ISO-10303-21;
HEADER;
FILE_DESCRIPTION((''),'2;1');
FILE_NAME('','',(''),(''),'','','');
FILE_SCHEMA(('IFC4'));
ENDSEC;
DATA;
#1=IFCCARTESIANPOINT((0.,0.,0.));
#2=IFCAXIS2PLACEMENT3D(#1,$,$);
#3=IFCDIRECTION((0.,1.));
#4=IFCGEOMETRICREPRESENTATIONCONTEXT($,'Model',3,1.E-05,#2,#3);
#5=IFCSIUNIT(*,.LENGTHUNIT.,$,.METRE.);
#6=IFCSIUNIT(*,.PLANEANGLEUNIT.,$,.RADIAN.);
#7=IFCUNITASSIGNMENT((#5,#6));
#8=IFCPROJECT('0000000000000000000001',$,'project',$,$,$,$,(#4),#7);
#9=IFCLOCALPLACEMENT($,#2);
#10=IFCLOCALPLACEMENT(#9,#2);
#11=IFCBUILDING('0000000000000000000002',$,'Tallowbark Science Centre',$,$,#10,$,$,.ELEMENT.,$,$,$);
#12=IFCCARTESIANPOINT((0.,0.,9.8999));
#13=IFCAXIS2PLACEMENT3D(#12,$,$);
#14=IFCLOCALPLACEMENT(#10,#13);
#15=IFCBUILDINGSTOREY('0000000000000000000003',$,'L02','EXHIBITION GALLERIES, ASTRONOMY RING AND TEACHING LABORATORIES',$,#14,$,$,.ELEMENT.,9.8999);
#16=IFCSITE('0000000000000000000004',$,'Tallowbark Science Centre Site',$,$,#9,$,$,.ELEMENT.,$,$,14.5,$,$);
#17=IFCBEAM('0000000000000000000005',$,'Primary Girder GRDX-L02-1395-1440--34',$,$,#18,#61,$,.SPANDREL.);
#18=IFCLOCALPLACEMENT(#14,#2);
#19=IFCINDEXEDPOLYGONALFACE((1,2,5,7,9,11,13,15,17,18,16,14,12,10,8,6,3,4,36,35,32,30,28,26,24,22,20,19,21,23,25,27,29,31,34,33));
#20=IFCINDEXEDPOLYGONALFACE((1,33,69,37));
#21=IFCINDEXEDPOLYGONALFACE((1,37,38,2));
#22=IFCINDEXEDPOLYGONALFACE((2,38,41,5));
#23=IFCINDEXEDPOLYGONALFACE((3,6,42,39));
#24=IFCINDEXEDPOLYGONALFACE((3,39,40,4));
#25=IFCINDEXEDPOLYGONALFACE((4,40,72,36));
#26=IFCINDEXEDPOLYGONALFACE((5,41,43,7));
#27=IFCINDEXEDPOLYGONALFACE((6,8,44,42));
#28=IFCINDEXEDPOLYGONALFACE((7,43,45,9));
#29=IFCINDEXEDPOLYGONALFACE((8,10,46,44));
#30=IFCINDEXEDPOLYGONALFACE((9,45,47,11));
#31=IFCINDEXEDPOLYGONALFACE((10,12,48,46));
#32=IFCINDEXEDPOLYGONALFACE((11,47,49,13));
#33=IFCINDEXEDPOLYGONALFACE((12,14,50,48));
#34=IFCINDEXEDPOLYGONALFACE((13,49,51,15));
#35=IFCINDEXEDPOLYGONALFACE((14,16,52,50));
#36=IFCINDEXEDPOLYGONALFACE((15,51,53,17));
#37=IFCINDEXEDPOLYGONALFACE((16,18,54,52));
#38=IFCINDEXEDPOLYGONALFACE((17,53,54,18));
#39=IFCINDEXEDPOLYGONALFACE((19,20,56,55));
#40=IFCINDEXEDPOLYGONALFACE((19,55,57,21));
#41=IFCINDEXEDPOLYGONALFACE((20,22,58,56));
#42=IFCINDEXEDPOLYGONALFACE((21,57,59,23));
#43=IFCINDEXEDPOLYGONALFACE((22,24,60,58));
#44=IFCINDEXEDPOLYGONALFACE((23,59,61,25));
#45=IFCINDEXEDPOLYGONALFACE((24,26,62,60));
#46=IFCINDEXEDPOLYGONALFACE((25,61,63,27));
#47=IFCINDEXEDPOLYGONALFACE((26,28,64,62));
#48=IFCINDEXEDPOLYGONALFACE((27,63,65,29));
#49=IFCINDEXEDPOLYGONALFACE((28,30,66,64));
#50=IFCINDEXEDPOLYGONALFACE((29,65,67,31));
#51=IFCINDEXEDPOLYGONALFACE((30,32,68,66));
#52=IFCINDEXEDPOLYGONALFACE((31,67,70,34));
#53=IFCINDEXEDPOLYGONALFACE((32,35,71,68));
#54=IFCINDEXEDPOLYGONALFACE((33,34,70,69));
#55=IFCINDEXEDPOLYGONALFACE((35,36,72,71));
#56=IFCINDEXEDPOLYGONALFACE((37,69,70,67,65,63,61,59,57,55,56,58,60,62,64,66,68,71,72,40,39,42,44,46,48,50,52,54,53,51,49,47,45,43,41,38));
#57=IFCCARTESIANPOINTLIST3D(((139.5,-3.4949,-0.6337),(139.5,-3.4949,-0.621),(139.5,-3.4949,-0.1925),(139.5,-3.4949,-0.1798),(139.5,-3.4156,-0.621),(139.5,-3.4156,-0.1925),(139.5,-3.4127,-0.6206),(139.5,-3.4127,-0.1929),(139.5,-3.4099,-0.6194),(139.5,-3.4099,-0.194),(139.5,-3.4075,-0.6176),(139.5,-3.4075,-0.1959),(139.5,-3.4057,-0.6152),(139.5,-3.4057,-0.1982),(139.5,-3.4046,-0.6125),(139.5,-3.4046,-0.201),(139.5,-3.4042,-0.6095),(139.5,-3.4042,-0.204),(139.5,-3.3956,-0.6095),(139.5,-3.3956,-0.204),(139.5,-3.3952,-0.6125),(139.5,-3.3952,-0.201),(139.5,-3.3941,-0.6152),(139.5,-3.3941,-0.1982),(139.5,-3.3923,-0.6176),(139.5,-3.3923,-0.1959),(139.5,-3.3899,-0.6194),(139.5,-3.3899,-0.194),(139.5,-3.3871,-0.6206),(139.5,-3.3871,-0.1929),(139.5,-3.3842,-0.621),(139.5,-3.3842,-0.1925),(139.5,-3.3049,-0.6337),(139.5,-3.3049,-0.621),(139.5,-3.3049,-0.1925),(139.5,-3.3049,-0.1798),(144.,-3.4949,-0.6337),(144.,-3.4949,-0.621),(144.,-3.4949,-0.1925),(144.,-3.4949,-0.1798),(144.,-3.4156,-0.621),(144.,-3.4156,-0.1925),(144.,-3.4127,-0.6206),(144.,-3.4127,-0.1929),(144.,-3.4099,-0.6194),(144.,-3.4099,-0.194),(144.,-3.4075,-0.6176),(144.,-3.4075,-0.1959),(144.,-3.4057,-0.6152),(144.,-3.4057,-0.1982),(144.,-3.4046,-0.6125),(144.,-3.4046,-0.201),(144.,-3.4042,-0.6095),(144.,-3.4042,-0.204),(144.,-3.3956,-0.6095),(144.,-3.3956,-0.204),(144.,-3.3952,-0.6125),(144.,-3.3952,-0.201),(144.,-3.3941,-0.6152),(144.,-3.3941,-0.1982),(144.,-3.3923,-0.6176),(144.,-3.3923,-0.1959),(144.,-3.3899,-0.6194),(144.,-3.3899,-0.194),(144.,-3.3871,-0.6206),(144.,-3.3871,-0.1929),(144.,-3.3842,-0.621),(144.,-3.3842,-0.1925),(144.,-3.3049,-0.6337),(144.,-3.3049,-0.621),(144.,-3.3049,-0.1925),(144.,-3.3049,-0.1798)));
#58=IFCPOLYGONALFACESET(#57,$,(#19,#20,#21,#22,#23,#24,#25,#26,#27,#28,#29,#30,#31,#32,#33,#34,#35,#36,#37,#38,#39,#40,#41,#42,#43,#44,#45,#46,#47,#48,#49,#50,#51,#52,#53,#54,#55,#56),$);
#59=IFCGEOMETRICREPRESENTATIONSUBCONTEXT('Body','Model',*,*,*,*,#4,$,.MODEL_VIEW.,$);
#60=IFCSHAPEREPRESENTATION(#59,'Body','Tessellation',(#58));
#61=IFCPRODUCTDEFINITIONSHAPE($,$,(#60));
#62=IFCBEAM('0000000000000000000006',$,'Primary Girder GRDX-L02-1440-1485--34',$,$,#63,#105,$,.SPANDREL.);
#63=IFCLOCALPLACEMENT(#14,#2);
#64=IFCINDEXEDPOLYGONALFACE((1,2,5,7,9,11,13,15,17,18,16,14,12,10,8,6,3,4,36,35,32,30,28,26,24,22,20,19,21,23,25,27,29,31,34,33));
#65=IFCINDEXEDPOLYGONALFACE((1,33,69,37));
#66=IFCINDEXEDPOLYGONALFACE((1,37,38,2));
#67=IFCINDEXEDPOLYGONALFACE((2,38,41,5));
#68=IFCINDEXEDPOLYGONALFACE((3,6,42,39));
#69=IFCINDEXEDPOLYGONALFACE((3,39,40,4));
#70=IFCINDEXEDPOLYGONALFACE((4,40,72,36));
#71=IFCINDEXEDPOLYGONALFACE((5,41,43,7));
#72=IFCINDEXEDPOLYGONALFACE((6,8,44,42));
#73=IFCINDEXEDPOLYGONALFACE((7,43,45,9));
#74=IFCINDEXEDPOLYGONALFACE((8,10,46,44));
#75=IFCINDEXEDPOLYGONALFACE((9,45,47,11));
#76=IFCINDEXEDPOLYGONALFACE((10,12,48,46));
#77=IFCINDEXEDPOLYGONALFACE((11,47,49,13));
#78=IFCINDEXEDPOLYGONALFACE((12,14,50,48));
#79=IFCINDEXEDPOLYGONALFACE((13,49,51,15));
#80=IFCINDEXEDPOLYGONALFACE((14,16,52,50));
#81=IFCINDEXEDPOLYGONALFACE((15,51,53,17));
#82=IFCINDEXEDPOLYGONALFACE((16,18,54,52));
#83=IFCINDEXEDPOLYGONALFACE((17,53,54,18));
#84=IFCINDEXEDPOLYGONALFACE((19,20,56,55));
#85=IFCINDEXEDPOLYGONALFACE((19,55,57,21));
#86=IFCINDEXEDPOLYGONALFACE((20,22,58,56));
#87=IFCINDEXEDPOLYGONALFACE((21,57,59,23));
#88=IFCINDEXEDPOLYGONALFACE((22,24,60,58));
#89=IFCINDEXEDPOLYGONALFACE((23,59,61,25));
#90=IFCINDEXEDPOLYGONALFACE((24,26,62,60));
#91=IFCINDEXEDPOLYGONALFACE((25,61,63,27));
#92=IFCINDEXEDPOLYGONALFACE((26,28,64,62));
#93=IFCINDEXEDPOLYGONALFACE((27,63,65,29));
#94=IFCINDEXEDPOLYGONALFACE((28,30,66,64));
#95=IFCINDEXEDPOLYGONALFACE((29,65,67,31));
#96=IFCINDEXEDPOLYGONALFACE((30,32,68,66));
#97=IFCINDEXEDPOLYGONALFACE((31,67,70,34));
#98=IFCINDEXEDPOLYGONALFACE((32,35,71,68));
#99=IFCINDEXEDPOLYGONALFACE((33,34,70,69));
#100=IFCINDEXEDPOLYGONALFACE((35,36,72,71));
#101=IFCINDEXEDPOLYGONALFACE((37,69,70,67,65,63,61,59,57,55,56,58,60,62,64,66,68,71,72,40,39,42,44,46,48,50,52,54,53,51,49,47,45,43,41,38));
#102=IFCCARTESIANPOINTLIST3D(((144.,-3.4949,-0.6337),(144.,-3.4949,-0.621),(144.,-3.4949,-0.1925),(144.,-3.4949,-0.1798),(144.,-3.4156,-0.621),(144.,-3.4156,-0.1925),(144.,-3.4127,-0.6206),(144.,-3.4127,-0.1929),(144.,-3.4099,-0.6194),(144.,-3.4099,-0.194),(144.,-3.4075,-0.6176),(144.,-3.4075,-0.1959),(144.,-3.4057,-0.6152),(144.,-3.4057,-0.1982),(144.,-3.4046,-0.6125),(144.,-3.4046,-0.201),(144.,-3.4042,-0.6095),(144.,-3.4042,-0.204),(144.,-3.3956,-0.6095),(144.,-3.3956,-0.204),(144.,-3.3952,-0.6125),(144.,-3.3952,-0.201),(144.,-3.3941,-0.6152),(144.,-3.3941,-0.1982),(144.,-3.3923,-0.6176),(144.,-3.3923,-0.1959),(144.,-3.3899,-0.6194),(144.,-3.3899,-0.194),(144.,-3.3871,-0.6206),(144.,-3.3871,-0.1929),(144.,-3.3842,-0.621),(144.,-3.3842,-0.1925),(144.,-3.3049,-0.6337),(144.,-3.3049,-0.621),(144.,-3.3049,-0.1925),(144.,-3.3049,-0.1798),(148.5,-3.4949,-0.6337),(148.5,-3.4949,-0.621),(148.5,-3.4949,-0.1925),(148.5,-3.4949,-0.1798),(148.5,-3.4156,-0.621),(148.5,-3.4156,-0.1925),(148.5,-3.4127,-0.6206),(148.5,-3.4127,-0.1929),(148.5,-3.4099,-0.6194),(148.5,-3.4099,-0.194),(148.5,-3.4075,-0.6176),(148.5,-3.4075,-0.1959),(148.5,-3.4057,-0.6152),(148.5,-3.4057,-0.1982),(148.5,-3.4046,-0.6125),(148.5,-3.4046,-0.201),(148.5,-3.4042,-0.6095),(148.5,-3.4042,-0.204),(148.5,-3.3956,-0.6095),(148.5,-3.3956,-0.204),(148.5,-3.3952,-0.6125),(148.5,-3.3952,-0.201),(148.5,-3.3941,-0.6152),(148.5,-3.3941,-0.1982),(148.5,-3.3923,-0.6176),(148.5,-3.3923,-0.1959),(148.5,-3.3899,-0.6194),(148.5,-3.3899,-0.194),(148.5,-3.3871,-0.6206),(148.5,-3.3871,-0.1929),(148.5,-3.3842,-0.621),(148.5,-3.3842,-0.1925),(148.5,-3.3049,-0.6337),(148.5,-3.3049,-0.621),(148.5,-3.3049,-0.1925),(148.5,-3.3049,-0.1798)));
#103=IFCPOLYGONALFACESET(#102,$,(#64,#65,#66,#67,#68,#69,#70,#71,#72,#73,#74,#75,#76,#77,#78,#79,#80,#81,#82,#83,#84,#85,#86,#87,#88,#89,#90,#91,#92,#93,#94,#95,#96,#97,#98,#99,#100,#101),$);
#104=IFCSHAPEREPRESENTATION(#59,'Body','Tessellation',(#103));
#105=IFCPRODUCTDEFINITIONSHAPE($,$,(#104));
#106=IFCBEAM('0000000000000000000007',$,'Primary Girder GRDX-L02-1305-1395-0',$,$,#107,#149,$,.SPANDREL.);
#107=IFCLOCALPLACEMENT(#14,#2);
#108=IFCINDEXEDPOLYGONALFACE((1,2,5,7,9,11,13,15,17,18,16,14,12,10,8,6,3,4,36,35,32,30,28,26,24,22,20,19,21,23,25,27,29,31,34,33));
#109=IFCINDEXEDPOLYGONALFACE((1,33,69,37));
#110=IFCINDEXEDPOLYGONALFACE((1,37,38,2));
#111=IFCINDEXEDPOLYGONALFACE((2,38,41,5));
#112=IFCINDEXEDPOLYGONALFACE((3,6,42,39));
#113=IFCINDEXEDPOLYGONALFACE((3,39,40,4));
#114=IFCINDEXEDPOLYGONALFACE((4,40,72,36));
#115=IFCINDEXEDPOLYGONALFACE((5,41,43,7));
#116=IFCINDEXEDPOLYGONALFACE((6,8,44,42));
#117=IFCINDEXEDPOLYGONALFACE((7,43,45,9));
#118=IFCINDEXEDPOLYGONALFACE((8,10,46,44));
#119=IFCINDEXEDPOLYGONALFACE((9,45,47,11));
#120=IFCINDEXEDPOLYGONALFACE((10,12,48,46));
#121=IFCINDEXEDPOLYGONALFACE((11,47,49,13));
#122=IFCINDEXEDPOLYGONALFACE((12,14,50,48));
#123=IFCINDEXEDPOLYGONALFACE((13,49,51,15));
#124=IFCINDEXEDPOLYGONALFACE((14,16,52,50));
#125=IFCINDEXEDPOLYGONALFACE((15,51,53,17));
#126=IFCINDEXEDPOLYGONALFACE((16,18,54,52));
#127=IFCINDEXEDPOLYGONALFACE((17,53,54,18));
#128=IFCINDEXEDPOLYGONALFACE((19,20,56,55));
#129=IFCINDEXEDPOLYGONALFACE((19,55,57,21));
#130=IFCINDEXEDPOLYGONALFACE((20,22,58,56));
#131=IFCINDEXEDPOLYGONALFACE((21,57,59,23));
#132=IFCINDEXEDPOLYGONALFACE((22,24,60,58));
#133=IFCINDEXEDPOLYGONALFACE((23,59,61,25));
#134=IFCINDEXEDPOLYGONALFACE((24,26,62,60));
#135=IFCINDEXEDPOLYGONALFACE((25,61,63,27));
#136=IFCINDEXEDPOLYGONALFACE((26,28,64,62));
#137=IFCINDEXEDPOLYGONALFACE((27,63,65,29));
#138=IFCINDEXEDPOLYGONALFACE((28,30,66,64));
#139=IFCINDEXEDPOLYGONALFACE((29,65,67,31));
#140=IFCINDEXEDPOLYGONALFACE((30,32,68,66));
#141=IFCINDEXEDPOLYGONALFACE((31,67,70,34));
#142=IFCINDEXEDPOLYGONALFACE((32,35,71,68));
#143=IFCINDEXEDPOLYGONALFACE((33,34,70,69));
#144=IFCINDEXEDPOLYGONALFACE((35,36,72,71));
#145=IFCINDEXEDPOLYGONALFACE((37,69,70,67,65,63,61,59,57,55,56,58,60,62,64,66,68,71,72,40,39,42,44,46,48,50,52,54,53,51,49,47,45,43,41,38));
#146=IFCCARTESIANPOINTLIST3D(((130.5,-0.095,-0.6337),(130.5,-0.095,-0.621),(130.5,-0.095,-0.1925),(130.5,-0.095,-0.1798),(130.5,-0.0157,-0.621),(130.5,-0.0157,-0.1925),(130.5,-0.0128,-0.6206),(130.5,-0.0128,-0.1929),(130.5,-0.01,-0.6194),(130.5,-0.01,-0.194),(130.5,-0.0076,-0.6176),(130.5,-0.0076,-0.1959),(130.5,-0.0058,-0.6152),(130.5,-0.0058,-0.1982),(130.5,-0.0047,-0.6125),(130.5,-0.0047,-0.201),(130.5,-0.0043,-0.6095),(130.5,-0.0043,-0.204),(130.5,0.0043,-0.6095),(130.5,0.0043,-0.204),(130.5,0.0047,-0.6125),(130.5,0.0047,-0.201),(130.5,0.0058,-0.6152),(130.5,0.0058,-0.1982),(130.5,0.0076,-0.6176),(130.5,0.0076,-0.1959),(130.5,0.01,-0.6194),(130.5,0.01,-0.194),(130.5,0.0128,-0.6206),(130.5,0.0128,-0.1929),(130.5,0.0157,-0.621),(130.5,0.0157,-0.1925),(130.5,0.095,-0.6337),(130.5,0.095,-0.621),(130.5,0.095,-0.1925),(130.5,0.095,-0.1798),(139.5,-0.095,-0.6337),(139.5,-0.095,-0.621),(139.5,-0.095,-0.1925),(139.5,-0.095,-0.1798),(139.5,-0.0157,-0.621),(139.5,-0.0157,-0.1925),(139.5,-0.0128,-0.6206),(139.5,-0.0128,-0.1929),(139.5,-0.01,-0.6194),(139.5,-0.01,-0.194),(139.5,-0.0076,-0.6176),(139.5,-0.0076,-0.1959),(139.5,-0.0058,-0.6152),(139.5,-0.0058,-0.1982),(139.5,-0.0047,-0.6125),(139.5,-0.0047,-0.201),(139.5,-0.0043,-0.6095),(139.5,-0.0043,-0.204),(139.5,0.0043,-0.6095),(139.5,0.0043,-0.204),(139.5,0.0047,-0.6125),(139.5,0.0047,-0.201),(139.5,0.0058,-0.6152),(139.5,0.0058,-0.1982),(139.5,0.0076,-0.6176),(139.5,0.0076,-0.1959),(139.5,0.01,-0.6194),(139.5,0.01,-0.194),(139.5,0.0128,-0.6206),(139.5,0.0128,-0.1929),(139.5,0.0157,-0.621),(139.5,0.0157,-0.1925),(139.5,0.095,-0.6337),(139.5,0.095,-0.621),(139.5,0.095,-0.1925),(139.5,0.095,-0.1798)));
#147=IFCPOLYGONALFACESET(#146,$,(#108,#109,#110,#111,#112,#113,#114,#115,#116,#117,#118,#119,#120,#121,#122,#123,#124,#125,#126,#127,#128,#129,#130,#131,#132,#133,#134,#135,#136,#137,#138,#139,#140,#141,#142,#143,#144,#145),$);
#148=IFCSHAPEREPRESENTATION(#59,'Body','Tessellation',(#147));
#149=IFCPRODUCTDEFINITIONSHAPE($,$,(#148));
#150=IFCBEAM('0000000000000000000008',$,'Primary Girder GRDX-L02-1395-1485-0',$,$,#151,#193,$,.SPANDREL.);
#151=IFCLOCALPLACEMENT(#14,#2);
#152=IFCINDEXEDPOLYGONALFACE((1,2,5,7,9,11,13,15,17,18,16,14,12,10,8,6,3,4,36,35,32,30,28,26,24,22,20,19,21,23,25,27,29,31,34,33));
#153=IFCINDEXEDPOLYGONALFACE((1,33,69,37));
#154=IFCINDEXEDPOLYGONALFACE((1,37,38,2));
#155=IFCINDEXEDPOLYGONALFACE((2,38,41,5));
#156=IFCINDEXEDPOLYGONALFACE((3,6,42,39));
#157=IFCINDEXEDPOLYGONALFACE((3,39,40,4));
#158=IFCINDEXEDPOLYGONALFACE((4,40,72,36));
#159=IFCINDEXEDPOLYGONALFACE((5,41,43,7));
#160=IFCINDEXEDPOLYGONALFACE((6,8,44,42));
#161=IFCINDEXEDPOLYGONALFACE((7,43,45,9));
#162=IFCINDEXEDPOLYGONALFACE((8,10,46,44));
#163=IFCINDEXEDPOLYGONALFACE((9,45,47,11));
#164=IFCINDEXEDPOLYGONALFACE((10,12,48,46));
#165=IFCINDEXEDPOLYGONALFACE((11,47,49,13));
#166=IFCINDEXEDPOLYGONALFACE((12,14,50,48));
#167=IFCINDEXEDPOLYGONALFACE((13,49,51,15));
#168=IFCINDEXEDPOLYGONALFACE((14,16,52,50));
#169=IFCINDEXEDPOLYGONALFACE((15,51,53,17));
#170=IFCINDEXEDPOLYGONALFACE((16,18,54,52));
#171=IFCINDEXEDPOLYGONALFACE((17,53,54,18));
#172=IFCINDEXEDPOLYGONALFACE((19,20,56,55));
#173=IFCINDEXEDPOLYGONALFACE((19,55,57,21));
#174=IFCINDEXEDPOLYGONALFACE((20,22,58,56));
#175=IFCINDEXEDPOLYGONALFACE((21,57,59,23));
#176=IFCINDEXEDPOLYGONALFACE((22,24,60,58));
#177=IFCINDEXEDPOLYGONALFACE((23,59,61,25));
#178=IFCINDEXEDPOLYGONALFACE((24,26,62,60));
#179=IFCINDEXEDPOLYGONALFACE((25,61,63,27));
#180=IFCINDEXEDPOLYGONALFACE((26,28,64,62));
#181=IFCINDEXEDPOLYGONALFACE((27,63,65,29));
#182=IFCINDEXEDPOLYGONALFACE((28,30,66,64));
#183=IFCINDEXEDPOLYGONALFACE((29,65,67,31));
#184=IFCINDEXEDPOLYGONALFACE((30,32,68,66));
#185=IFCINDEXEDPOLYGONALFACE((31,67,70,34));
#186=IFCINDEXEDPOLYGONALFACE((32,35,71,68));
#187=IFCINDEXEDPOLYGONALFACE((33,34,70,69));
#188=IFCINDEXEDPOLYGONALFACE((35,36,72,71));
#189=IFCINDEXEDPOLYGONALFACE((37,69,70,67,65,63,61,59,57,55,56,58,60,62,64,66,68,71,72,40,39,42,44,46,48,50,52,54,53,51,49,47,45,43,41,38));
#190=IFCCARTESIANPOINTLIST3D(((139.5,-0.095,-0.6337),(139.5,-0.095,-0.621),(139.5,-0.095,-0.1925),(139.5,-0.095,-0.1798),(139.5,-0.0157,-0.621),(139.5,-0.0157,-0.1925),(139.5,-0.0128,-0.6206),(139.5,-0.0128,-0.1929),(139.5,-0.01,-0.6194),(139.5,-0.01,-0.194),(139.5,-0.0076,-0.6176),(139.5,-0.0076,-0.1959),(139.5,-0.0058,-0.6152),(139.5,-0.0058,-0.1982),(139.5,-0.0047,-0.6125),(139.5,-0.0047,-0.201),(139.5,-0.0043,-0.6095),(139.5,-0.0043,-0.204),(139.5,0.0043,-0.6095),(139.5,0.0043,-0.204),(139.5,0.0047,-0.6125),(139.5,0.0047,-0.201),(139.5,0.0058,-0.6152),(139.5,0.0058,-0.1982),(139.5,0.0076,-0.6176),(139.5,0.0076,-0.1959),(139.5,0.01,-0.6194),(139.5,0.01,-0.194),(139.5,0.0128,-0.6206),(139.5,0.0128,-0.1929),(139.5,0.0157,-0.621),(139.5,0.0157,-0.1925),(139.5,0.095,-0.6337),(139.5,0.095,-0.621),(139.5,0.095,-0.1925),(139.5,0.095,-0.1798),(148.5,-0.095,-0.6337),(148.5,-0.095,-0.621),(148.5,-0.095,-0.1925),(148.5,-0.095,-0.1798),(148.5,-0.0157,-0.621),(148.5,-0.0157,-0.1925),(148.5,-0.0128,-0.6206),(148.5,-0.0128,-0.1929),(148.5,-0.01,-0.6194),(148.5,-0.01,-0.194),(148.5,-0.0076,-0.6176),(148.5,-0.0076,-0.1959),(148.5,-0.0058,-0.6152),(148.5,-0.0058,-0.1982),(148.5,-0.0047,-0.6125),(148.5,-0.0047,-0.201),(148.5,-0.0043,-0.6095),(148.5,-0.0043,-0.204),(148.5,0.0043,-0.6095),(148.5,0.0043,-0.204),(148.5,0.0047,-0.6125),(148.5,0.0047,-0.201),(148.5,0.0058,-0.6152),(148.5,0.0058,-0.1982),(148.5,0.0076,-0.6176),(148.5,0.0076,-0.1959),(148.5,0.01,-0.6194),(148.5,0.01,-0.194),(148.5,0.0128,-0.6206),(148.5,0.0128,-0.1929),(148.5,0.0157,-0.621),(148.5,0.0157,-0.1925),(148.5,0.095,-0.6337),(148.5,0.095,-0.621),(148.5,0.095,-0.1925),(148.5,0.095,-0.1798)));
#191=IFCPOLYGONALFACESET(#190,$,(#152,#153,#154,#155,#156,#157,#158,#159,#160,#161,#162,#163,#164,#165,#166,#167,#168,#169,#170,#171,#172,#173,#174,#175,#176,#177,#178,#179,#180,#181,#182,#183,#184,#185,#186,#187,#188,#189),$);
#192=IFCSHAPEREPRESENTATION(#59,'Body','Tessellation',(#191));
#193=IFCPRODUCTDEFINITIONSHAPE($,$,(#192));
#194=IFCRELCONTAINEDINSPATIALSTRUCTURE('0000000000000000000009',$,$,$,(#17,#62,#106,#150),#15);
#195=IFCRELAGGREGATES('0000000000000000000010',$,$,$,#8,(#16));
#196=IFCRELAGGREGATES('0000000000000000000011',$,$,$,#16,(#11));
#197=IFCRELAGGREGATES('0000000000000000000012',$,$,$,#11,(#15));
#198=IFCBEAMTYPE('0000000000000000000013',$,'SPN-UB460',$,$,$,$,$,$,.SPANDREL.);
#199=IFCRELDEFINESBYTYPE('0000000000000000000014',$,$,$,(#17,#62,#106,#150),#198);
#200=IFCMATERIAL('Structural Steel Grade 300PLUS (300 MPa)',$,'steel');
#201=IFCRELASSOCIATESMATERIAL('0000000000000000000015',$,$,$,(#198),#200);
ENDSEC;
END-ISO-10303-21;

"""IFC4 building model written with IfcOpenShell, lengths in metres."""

from ifc_helpers import new_model, si_unit, direction, frame, origin, origin_2d, place, context, subcontext, project, spatial, i_section, extrude, material, material_profile, profile_set, type_object, element, save


model = new_model("IFC4")

# Units and contexts
model_context = context("Model", 3, precision=1e-05, world=origin(), true_north=direction((0.0, 1.0)))
body_context = subcontext(model_context, "Body", "Model", "MODEL_VIEW")
ifc_project = project(units=[si_unit("LENGTHUNIT", "METRE"), si_unit("PLANEANGLEUNIT", "RADIAN")], contexts=[model_context])

# Site, building, storey
site_placement = place(None, origin())
site = spatial("IfcSite", under=ifc_project, at=site_placement, Name="Tallowbark Science Centre Site", CompositionType="ELEMENT", RefElevation=14.5)
building_placement = place(site_placement, origin())
building = spatial("IfcBuilding", under=site, at=building_placement, Name="Tallowbark Science Centre", CompositionType="ELEMENT")
storey_placement = place(building_placement, frame((0.0, 0.0, 9.8999)))
storey = spatial("IfcBuildingStorey", under=building, at=storey_placement, Name="L02", Description="EXHIBITION GALLERIES, ASTRONOMY RING AND TEACHING LABORATORIES", CompositionType="ELEMENT", Elevation=9.8999)

# Shared definitions
ifc_material_1 = material(Name="Structural Steel Grade 300PLUS (300 MPa)", Category="steel")

# Beams
ifc_material_profile_1 = material_profile(ifc_material_1, i_section(OverallWidth=0.1899, OverallDepth=0.4539, WebThickness=0.0085, FlangeThickness=0.0127, FilletRadius=0.0115, at=origin_2d()), Name="460UB67.1")
ifc_profile_set_1 = profile_set([ifc_material_profile_1], Name="Structural Steel Grade 300PLUS (300 MPa)")
beam_type_1 = type_object("IfcBeamType", Name="SPN-UB460", PredefinedType="SPANDREL", material=ifc_profile_set_1)
for number, where, z_axis, x_axis, name in (
    (1, (139.5, -3.3999, -0.4067), (1.0, 0.0, 0.0), (0.0, 1.0, 0.0), "Primary Girder GRDX-L02-1395-1440--34"),
    (2, (144.0, -3.3999, -0.4067), (1.0, 0.0, 0.0), (0.0, 1.0, 0.0), "Primary Girder GRDX-L02-1440-1485--34"),
):
    element("IfcBeam", number, at=place(storey_placement, frame(where, z_axis=z_axis, x_axis=x_axis)), inside=storey, type_object=beam_type_1, Name=name, PredefinedType="SPANDREL", context=body_context, shape_type="SweptSolid", body=[
        extrude(i_section(OverallWidth=0.1899, OverallDepth=0.4539, WebThickness=0.0085, FlangeThickness=0.0127, FilletRadius=0.0115, at=origin_2d()), origin(), (0.0, 0.0, 1.0), 4.5),
    ])
for number, where, z_axis, x_axis, name in (
    (3, (130.5, 0.0, -0.4067), (1.0, 0.0, 0.0), (0.0, 1.0, 0.0), "Primary Girder GRDX-L02-1305-1395-0"),
    (4, (139.5, 0.0, -0.4067), (1.0, 0.0, 0.0), (0.0, 1.0, 0.0), "Primary Girder GRDX-L02-1395-1485-0"),
):
    element("IfcBeam", number, at=place(storey_placement, frame(where, z_axis=z_axis, x_axis=x_axis)), inside=storey, type_object=beam_type_1, Name=name, PredefinedType="SPANDREL", context=body_context, shape_type="SweptSolid", body=[
        extrude(i_section(OverallWidth=0.1899, OverallDepth=0.4539, WebThickness=0.0085, FlangeThickness=0.0127, FilletRadius=0.0115, at=origin_2d()), origin(), (0.0, 0.0, 1.0), 9.0),
    ])

save(model, "model.ifc")
